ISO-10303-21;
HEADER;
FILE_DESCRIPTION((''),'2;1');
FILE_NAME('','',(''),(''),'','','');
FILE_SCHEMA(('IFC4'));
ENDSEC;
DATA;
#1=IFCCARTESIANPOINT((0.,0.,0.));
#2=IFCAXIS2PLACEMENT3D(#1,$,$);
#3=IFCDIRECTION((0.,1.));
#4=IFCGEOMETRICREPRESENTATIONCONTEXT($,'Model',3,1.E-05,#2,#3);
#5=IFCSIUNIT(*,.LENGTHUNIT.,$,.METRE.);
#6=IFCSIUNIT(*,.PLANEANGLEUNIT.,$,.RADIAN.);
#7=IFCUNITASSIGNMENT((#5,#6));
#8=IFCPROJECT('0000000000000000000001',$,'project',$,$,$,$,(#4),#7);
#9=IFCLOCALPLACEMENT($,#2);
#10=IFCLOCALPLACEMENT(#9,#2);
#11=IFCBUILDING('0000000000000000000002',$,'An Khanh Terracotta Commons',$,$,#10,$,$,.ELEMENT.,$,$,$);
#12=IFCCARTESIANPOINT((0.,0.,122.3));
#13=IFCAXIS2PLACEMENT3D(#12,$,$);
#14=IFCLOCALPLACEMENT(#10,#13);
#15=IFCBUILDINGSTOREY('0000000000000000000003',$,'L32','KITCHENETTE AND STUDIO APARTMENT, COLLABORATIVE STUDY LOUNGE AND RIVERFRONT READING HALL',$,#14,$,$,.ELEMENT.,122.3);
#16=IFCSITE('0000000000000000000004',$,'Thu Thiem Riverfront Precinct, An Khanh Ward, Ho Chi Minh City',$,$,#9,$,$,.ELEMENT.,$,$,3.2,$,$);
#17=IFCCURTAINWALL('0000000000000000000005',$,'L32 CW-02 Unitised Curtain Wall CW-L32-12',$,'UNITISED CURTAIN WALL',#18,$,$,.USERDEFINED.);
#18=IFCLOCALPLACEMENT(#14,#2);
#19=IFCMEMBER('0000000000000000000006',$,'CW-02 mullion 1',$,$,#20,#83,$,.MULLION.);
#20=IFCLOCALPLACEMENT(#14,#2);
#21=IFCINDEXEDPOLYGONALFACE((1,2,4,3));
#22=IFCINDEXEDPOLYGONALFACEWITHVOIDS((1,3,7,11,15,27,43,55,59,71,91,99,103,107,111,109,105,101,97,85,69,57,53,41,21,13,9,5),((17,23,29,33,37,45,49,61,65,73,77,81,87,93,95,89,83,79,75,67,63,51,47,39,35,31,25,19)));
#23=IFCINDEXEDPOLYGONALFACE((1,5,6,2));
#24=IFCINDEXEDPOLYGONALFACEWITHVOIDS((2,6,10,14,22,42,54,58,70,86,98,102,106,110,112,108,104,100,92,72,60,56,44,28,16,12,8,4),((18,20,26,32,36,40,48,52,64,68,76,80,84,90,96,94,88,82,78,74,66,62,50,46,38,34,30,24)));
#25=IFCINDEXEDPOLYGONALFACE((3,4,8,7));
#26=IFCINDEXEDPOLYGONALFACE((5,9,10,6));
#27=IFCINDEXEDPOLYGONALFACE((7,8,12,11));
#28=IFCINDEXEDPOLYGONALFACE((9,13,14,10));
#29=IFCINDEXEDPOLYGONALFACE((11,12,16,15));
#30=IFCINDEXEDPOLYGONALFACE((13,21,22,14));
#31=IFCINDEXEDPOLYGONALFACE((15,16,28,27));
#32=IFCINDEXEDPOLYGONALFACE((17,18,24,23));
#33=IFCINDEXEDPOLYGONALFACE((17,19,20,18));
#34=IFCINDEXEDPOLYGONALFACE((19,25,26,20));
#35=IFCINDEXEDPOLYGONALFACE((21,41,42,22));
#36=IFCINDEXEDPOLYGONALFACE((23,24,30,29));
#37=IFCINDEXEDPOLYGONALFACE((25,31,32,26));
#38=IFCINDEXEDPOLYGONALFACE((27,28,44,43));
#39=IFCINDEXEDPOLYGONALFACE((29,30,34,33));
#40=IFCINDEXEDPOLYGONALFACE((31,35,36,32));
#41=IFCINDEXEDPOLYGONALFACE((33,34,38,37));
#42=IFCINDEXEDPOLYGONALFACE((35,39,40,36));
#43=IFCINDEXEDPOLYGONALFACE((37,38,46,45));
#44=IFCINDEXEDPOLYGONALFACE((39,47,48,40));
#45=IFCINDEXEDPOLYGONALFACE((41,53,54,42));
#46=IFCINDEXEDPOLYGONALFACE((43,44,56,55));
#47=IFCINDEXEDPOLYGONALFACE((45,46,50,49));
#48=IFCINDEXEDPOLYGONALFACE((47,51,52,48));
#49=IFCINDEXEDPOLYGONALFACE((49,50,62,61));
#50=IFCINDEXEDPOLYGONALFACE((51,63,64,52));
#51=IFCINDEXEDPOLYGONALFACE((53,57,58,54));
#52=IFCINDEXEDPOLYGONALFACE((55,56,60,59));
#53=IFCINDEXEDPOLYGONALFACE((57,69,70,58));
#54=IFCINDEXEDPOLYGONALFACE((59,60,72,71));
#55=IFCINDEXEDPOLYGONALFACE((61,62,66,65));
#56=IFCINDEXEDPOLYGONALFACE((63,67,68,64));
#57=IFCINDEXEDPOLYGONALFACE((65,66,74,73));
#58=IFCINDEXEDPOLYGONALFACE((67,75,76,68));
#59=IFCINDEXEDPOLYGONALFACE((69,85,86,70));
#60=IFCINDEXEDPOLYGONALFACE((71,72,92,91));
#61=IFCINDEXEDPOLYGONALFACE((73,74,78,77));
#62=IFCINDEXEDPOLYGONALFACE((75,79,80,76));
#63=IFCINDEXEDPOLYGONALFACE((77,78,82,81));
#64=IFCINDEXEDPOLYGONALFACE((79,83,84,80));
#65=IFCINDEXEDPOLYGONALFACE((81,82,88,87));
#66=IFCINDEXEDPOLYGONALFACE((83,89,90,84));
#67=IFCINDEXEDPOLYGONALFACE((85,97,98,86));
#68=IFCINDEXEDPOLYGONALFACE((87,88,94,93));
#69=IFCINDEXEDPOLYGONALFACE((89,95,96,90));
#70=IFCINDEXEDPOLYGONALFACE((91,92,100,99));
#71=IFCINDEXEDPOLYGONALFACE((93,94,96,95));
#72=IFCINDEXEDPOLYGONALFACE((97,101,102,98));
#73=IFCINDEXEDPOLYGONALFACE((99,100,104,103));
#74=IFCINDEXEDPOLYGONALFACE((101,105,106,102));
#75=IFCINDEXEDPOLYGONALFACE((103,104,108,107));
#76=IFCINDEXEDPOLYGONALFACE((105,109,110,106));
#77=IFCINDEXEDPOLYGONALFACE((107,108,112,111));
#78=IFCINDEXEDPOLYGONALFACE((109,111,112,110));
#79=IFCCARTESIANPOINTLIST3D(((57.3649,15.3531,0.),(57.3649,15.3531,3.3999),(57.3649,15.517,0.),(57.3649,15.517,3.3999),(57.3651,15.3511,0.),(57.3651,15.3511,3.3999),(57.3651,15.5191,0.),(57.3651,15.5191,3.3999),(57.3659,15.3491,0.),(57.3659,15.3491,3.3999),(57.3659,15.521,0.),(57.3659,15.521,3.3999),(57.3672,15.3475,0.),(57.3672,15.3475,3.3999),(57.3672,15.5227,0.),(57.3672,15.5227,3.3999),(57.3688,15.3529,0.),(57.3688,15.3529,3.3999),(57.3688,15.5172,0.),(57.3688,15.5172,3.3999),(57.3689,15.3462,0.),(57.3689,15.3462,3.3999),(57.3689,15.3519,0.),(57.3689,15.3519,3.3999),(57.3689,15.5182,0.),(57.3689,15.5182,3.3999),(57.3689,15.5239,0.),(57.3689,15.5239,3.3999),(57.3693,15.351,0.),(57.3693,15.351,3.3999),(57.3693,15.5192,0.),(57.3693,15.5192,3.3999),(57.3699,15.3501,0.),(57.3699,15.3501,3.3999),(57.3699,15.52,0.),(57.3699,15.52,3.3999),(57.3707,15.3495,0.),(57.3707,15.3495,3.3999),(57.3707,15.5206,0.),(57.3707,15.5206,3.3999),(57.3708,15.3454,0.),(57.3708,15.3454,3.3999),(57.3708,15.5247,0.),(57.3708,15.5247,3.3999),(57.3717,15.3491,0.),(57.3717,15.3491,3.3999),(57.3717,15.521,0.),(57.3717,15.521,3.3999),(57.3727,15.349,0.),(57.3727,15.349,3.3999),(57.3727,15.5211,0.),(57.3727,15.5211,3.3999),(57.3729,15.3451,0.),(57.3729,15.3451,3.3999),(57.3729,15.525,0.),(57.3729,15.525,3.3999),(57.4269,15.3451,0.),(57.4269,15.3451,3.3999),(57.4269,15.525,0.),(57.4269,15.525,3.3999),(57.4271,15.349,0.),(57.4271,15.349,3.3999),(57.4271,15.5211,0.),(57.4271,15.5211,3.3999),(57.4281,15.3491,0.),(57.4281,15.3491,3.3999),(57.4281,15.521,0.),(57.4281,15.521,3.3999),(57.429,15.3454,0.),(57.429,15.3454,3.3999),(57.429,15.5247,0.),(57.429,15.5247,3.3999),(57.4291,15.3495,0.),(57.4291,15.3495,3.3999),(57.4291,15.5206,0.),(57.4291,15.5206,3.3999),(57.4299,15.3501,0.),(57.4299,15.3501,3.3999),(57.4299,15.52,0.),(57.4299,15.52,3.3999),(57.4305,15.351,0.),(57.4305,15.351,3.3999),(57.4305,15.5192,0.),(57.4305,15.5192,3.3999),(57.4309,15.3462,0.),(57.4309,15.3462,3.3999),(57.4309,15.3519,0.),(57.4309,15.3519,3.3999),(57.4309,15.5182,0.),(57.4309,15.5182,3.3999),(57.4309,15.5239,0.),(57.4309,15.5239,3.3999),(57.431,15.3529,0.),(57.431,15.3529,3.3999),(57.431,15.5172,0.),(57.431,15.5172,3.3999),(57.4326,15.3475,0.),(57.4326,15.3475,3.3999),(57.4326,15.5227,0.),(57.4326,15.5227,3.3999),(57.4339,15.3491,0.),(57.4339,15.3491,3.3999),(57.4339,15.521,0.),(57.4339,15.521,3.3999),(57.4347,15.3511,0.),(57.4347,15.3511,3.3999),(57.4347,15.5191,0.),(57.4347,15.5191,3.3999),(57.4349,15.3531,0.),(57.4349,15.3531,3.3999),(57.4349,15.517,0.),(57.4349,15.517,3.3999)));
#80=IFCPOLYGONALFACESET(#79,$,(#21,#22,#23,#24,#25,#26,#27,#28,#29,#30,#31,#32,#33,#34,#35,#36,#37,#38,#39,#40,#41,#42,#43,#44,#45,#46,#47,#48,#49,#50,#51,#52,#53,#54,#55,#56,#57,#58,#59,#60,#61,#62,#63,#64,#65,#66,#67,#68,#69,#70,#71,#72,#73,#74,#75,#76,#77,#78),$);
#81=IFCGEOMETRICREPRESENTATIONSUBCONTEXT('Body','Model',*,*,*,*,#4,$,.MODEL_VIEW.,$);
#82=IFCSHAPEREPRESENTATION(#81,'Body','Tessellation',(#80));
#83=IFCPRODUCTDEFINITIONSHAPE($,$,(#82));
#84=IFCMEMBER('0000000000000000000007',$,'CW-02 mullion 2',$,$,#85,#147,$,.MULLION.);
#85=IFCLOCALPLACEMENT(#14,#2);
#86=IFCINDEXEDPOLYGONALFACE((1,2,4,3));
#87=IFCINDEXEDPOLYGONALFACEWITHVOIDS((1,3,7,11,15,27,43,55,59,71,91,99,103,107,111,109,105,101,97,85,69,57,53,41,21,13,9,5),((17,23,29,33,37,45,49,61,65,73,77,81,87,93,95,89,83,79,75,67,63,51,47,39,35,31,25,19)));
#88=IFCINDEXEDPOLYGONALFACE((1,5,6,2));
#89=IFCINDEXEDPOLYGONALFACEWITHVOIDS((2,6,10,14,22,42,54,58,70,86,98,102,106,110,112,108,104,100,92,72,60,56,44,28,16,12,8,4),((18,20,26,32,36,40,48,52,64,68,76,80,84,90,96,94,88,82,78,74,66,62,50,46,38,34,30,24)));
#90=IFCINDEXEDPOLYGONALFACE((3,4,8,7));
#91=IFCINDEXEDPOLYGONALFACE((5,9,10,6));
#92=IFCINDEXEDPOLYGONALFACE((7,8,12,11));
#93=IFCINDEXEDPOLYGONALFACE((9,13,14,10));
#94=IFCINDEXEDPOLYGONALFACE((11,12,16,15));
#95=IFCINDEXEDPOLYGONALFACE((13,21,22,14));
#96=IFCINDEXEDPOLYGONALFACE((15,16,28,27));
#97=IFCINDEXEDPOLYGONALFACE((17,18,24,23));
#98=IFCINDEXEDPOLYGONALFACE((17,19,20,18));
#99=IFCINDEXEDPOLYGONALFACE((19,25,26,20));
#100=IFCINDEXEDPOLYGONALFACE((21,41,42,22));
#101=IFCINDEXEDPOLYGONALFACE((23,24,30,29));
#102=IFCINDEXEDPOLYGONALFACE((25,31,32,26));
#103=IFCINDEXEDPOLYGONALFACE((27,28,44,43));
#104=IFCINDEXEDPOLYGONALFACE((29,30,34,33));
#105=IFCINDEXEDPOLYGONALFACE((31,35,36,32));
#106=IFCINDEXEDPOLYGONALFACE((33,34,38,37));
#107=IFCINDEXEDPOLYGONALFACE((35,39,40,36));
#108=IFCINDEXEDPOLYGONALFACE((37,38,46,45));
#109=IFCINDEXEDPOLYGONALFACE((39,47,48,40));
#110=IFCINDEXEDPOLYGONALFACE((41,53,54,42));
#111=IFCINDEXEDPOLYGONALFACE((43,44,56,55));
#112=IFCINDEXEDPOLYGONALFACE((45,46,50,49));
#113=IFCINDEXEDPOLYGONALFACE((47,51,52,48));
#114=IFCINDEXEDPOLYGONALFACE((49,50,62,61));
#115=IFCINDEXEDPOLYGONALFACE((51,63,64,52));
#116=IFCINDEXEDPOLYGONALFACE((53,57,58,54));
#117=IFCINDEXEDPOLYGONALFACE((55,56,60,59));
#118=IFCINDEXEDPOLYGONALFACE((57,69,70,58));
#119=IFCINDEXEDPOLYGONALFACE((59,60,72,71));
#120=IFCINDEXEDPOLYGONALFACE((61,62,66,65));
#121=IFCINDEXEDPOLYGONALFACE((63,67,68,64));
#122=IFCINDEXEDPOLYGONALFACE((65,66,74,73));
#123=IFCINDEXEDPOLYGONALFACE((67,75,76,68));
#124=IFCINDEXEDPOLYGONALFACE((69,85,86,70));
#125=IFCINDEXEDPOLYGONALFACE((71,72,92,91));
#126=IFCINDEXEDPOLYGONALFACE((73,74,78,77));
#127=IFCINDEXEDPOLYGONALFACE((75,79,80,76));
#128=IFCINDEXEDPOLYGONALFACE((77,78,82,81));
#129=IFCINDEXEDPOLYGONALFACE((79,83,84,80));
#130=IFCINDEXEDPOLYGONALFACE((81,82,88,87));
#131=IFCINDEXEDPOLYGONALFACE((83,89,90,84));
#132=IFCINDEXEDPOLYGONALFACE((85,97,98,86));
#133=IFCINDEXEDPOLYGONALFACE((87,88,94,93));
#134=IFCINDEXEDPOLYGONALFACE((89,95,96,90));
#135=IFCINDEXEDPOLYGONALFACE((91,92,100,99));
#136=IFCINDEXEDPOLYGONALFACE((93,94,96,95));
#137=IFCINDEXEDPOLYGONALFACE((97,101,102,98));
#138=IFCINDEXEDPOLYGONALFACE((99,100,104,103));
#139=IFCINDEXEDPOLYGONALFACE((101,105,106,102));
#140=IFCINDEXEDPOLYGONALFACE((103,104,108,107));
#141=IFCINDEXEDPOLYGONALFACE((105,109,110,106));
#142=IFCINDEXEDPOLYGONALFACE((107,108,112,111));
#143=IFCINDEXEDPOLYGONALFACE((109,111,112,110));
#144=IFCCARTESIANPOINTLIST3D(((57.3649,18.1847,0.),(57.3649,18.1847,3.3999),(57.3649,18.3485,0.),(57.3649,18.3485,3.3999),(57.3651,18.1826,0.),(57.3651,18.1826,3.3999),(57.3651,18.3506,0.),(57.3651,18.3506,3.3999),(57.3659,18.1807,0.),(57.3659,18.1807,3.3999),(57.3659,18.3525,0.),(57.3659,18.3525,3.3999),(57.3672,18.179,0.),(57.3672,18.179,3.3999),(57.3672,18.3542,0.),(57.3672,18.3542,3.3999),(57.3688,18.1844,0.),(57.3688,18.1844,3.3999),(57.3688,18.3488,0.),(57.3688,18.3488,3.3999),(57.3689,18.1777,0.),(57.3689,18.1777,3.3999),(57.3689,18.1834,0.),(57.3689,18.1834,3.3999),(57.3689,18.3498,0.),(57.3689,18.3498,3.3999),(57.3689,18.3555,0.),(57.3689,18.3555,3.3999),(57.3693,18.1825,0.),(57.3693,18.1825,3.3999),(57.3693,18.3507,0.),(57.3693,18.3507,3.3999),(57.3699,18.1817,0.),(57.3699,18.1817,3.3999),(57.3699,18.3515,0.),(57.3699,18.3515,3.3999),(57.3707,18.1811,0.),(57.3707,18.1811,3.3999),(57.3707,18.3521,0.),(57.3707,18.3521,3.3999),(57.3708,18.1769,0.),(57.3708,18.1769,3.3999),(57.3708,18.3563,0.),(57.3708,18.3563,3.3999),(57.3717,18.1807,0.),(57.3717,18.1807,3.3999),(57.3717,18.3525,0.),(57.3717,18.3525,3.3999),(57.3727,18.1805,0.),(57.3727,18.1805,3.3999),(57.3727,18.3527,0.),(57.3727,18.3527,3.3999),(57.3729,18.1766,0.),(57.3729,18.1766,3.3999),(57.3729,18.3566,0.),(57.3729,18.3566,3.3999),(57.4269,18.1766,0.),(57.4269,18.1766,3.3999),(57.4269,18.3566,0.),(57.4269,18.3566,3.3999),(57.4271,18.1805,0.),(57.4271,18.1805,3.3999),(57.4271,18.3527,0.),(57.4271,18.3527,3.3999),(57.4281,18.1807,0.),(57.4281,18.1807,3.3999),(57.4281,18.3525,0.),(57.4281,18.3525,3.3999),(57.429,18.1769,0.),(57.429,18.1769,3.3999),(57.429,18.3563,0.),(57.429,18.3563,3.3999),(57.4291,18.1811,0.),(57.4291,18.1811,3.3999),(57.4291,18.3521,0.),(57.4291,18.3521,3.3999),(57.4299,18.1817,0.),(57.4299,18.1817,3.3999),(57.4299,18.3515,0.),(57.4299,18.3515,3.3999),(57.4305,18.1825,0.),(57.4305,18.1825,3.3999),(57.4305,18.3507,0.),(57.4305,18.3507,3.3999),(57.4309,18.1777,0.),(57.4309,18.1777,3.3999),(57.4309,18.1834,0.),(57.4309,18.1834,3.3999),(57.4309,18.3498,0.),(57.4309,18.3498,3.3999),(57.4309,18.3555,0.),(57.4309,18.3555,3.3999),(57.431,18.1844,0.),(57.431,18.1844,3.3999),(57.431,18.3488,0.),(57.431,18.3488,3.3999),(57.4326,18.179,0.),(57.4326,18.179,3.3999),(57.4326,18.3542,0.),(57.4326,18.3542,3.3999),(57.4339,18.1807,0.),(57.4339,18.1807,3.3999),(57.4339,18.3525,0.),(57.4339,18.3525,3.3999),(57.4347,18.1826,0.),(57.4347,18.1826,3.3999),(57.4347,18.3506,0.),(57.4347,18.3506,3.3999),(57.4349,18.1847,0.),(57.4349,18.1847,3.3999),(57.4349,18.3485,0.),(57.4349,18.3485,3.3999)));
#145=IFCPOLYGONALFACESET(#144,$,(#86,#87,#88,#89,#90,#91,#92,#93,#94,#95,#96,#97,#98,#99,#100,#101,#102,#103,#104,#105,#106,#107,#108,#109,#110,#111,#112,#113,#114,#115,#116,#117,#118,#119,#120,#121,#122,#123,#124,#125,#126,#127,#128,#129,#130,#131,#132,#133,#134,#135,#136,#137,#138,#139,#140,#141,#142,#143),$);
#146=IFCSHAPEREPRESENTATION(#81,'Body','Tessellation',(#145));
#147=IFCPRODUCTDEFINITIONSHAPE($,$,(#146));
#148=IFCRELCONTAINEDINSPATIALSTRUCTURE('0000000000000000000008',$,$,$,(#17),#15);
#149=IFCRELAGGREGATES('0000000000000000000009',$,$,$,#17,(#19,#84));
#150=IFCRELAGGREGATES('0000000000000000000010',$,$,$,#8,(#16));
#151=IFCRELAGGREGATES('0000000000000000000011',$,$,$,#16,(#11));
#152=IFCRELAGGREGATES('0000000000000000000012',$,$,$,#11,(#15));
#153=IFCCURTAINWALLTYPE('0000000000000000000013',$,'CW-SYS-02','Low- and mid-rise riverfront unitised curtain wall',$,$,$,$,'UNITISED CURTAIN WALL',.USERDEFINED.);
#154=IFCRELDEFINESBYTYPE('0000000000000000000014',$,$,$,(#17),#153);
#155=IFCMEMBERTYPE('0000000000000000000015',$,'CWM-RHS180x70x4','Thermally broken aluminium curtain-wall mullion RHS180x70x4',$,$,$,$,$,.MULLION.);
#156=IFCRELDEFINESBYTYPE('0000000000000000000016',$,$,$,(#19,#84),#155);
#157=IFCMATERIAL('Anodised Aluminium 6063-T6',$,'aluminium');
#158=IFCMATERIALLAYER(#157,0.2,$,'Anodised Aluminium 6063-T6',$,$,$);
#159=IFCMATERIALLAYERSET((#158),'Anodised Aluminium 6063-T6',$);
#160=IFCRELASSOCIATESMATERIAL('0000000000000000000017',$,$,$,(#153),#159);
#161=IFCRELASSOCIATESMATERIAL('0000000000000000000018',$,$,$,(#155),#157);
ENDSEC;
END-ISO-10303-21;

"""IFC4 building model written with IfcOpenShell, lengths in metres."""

from ifc_helpers import new_model, si_unit, direction, frame, origin, origin_2d, place, context, subcontext, project, spatial, hollow_rectangle, extrude, material, layer, layer_set, material_profile, profile_set, type_object, element, aggregate, save


model = new_model("IFC4")

# Units and contexts
model_context = context("Model", 3, precision=1e-05, world=origin(), true_north=direction((0.0, 1.0)))
body_context = subcontext(model_context, "Body", "Model", "MODEL_VIEW")
ifc_project = project(units=[si_unit("LENGTHUNIT", "METRE"), si_unit("PLANEANGLEUNIT", "RADIAN")], contexts=[model_context])

# Site, building, storey
site_placement = place(None, origin())
site = spatial("IfcSite", under=ifc_project, at=site_placement, Name="Thu Thiem Riverfront Precinct, An Khanh Ward, Ho Chi Minh City", CompositionType="ELEMENT", RefElevation=3.2)
building_placement = place(site_placement, origin())
building = spatial("IfcBuilding", under=site, at=building_placement, Name="An Khanh Terracotta Commons", CompositionType="ELEMENT")
storey_placement = place(building_placement, frame((0.0, 0.0, 122.3)))
storey = spatial("IfcBuildingStorey", under=building, at=storey_placement, Name="L32", Description="KITCHENETTE AND STUDIO APARTMENT, COLLABORATIVE STUDY LOUNGE AND RIVERFRONT READING HALL", CompositionType="ELEMENT", Elevation=122.3)

# Curtain wall, members
ifc_material_1 = material(Name="Anodised Aluminium 6063-T6", Category="aluminium")
ifc_layer_1 = layer(ifc_material_1, 0.2, Name="Anodised Aluminium 6063-T6")
ifc_layer_set_1 = layer_set([ifc_layer_1], Name="Anodised Aluminium 6063-T6")
curtain_wall_type = type_object("IfcCurtainWallType", Name="CW-SYS-02", Description="Low- and mid-rise riverfront unitised curtain wall", ElementType="UNITISED CURTAIN WALL", PredefinedType="USERDEFINED", material=ifc_layer_set_1)
ifc_material_profile_1 = material_profile(ifc_material_1, hollow_rectangle(XDim=0.0701, YDim=0.1799, WallThickness=0.0039, InnerFilletRadius=0.0039, OuterFilletRadius=0.0081, at=origin_2d()), Name="RHS180x70x4")
ifc_profile_set_1 = profile_set([ifc_material_profile_1], Name="Anodised Aluminium 6063-T6")
member_type_1 = type_object("IfcMemberType", Name="CWM-RHS180x70x4", Description="Thermally broken aluminium curtain-wall mullion RHS180x70x4", PredefinedType="MULLION", material=ifc_profile_set_1)
curtain_wall_1_placement = place(storey_placement, origin())
curtain_wall_1 = element("IfcCurtainWall", 1, at=curtain_wall_1_placement, inside=storey, type_object=curtain_wall_type, Name="L32 CW-02 Unitised Curtain Wall CW-L32-12", ObjectType="UNITISED CURTAIN WALL", PredefinedType="USERDEFINED")
member_1_placement = place(storey_placement, frame((57.3999, 15.4351, 0.0), z_axis=(0.0, 0.0, 1.0), x_axis=(-1.0, 0.0, 0.0)))
member_1 = element("IfcMember", 2, at=member_1_placement, type_object=member_type_1, Name="CW-02 mullion 1", PredefinedType="MULLION", context=body_context, shape_type="SweptSolid", body=[
    extrude(hollow_rectangle(XDim=0.0701, YDim=0.1799, WallThickness=0.0039, InnerFilletRadius=0.0039, OuterFilletRadius=0.0081, at=origin_2d()), origin(), (0.0, 0.0, 1.0), 3.3999),
])
member_2_placement = place(storey_placement, frame((57.3999, 18.2666, 0.0), z_axis=(0.0, 0.0, 1.0), x_axis=(-1.0, 0.0, 0.0)))
member_2 = element("IfcMember", 3, at=member_2_placement, type_object=member_type_1, Name="CW-02 mullion 2", PredefinedType="MULLION", context=body_context, shape_type="SweptSolid", body=[
    extrude(hollow_rectangle(XDim=0.0701, YDim=0.1799, WallThickness=0.0039, InnerFilletRadius=0.0039, OuterFilletRadius=0.0081, at=origin_2d()), origin(), (0.0, 0.0, 1.0), 3.3999),
])

aggregate(curtain_wall_1, [member_1, member_2])

save(model, "model.ifc")
